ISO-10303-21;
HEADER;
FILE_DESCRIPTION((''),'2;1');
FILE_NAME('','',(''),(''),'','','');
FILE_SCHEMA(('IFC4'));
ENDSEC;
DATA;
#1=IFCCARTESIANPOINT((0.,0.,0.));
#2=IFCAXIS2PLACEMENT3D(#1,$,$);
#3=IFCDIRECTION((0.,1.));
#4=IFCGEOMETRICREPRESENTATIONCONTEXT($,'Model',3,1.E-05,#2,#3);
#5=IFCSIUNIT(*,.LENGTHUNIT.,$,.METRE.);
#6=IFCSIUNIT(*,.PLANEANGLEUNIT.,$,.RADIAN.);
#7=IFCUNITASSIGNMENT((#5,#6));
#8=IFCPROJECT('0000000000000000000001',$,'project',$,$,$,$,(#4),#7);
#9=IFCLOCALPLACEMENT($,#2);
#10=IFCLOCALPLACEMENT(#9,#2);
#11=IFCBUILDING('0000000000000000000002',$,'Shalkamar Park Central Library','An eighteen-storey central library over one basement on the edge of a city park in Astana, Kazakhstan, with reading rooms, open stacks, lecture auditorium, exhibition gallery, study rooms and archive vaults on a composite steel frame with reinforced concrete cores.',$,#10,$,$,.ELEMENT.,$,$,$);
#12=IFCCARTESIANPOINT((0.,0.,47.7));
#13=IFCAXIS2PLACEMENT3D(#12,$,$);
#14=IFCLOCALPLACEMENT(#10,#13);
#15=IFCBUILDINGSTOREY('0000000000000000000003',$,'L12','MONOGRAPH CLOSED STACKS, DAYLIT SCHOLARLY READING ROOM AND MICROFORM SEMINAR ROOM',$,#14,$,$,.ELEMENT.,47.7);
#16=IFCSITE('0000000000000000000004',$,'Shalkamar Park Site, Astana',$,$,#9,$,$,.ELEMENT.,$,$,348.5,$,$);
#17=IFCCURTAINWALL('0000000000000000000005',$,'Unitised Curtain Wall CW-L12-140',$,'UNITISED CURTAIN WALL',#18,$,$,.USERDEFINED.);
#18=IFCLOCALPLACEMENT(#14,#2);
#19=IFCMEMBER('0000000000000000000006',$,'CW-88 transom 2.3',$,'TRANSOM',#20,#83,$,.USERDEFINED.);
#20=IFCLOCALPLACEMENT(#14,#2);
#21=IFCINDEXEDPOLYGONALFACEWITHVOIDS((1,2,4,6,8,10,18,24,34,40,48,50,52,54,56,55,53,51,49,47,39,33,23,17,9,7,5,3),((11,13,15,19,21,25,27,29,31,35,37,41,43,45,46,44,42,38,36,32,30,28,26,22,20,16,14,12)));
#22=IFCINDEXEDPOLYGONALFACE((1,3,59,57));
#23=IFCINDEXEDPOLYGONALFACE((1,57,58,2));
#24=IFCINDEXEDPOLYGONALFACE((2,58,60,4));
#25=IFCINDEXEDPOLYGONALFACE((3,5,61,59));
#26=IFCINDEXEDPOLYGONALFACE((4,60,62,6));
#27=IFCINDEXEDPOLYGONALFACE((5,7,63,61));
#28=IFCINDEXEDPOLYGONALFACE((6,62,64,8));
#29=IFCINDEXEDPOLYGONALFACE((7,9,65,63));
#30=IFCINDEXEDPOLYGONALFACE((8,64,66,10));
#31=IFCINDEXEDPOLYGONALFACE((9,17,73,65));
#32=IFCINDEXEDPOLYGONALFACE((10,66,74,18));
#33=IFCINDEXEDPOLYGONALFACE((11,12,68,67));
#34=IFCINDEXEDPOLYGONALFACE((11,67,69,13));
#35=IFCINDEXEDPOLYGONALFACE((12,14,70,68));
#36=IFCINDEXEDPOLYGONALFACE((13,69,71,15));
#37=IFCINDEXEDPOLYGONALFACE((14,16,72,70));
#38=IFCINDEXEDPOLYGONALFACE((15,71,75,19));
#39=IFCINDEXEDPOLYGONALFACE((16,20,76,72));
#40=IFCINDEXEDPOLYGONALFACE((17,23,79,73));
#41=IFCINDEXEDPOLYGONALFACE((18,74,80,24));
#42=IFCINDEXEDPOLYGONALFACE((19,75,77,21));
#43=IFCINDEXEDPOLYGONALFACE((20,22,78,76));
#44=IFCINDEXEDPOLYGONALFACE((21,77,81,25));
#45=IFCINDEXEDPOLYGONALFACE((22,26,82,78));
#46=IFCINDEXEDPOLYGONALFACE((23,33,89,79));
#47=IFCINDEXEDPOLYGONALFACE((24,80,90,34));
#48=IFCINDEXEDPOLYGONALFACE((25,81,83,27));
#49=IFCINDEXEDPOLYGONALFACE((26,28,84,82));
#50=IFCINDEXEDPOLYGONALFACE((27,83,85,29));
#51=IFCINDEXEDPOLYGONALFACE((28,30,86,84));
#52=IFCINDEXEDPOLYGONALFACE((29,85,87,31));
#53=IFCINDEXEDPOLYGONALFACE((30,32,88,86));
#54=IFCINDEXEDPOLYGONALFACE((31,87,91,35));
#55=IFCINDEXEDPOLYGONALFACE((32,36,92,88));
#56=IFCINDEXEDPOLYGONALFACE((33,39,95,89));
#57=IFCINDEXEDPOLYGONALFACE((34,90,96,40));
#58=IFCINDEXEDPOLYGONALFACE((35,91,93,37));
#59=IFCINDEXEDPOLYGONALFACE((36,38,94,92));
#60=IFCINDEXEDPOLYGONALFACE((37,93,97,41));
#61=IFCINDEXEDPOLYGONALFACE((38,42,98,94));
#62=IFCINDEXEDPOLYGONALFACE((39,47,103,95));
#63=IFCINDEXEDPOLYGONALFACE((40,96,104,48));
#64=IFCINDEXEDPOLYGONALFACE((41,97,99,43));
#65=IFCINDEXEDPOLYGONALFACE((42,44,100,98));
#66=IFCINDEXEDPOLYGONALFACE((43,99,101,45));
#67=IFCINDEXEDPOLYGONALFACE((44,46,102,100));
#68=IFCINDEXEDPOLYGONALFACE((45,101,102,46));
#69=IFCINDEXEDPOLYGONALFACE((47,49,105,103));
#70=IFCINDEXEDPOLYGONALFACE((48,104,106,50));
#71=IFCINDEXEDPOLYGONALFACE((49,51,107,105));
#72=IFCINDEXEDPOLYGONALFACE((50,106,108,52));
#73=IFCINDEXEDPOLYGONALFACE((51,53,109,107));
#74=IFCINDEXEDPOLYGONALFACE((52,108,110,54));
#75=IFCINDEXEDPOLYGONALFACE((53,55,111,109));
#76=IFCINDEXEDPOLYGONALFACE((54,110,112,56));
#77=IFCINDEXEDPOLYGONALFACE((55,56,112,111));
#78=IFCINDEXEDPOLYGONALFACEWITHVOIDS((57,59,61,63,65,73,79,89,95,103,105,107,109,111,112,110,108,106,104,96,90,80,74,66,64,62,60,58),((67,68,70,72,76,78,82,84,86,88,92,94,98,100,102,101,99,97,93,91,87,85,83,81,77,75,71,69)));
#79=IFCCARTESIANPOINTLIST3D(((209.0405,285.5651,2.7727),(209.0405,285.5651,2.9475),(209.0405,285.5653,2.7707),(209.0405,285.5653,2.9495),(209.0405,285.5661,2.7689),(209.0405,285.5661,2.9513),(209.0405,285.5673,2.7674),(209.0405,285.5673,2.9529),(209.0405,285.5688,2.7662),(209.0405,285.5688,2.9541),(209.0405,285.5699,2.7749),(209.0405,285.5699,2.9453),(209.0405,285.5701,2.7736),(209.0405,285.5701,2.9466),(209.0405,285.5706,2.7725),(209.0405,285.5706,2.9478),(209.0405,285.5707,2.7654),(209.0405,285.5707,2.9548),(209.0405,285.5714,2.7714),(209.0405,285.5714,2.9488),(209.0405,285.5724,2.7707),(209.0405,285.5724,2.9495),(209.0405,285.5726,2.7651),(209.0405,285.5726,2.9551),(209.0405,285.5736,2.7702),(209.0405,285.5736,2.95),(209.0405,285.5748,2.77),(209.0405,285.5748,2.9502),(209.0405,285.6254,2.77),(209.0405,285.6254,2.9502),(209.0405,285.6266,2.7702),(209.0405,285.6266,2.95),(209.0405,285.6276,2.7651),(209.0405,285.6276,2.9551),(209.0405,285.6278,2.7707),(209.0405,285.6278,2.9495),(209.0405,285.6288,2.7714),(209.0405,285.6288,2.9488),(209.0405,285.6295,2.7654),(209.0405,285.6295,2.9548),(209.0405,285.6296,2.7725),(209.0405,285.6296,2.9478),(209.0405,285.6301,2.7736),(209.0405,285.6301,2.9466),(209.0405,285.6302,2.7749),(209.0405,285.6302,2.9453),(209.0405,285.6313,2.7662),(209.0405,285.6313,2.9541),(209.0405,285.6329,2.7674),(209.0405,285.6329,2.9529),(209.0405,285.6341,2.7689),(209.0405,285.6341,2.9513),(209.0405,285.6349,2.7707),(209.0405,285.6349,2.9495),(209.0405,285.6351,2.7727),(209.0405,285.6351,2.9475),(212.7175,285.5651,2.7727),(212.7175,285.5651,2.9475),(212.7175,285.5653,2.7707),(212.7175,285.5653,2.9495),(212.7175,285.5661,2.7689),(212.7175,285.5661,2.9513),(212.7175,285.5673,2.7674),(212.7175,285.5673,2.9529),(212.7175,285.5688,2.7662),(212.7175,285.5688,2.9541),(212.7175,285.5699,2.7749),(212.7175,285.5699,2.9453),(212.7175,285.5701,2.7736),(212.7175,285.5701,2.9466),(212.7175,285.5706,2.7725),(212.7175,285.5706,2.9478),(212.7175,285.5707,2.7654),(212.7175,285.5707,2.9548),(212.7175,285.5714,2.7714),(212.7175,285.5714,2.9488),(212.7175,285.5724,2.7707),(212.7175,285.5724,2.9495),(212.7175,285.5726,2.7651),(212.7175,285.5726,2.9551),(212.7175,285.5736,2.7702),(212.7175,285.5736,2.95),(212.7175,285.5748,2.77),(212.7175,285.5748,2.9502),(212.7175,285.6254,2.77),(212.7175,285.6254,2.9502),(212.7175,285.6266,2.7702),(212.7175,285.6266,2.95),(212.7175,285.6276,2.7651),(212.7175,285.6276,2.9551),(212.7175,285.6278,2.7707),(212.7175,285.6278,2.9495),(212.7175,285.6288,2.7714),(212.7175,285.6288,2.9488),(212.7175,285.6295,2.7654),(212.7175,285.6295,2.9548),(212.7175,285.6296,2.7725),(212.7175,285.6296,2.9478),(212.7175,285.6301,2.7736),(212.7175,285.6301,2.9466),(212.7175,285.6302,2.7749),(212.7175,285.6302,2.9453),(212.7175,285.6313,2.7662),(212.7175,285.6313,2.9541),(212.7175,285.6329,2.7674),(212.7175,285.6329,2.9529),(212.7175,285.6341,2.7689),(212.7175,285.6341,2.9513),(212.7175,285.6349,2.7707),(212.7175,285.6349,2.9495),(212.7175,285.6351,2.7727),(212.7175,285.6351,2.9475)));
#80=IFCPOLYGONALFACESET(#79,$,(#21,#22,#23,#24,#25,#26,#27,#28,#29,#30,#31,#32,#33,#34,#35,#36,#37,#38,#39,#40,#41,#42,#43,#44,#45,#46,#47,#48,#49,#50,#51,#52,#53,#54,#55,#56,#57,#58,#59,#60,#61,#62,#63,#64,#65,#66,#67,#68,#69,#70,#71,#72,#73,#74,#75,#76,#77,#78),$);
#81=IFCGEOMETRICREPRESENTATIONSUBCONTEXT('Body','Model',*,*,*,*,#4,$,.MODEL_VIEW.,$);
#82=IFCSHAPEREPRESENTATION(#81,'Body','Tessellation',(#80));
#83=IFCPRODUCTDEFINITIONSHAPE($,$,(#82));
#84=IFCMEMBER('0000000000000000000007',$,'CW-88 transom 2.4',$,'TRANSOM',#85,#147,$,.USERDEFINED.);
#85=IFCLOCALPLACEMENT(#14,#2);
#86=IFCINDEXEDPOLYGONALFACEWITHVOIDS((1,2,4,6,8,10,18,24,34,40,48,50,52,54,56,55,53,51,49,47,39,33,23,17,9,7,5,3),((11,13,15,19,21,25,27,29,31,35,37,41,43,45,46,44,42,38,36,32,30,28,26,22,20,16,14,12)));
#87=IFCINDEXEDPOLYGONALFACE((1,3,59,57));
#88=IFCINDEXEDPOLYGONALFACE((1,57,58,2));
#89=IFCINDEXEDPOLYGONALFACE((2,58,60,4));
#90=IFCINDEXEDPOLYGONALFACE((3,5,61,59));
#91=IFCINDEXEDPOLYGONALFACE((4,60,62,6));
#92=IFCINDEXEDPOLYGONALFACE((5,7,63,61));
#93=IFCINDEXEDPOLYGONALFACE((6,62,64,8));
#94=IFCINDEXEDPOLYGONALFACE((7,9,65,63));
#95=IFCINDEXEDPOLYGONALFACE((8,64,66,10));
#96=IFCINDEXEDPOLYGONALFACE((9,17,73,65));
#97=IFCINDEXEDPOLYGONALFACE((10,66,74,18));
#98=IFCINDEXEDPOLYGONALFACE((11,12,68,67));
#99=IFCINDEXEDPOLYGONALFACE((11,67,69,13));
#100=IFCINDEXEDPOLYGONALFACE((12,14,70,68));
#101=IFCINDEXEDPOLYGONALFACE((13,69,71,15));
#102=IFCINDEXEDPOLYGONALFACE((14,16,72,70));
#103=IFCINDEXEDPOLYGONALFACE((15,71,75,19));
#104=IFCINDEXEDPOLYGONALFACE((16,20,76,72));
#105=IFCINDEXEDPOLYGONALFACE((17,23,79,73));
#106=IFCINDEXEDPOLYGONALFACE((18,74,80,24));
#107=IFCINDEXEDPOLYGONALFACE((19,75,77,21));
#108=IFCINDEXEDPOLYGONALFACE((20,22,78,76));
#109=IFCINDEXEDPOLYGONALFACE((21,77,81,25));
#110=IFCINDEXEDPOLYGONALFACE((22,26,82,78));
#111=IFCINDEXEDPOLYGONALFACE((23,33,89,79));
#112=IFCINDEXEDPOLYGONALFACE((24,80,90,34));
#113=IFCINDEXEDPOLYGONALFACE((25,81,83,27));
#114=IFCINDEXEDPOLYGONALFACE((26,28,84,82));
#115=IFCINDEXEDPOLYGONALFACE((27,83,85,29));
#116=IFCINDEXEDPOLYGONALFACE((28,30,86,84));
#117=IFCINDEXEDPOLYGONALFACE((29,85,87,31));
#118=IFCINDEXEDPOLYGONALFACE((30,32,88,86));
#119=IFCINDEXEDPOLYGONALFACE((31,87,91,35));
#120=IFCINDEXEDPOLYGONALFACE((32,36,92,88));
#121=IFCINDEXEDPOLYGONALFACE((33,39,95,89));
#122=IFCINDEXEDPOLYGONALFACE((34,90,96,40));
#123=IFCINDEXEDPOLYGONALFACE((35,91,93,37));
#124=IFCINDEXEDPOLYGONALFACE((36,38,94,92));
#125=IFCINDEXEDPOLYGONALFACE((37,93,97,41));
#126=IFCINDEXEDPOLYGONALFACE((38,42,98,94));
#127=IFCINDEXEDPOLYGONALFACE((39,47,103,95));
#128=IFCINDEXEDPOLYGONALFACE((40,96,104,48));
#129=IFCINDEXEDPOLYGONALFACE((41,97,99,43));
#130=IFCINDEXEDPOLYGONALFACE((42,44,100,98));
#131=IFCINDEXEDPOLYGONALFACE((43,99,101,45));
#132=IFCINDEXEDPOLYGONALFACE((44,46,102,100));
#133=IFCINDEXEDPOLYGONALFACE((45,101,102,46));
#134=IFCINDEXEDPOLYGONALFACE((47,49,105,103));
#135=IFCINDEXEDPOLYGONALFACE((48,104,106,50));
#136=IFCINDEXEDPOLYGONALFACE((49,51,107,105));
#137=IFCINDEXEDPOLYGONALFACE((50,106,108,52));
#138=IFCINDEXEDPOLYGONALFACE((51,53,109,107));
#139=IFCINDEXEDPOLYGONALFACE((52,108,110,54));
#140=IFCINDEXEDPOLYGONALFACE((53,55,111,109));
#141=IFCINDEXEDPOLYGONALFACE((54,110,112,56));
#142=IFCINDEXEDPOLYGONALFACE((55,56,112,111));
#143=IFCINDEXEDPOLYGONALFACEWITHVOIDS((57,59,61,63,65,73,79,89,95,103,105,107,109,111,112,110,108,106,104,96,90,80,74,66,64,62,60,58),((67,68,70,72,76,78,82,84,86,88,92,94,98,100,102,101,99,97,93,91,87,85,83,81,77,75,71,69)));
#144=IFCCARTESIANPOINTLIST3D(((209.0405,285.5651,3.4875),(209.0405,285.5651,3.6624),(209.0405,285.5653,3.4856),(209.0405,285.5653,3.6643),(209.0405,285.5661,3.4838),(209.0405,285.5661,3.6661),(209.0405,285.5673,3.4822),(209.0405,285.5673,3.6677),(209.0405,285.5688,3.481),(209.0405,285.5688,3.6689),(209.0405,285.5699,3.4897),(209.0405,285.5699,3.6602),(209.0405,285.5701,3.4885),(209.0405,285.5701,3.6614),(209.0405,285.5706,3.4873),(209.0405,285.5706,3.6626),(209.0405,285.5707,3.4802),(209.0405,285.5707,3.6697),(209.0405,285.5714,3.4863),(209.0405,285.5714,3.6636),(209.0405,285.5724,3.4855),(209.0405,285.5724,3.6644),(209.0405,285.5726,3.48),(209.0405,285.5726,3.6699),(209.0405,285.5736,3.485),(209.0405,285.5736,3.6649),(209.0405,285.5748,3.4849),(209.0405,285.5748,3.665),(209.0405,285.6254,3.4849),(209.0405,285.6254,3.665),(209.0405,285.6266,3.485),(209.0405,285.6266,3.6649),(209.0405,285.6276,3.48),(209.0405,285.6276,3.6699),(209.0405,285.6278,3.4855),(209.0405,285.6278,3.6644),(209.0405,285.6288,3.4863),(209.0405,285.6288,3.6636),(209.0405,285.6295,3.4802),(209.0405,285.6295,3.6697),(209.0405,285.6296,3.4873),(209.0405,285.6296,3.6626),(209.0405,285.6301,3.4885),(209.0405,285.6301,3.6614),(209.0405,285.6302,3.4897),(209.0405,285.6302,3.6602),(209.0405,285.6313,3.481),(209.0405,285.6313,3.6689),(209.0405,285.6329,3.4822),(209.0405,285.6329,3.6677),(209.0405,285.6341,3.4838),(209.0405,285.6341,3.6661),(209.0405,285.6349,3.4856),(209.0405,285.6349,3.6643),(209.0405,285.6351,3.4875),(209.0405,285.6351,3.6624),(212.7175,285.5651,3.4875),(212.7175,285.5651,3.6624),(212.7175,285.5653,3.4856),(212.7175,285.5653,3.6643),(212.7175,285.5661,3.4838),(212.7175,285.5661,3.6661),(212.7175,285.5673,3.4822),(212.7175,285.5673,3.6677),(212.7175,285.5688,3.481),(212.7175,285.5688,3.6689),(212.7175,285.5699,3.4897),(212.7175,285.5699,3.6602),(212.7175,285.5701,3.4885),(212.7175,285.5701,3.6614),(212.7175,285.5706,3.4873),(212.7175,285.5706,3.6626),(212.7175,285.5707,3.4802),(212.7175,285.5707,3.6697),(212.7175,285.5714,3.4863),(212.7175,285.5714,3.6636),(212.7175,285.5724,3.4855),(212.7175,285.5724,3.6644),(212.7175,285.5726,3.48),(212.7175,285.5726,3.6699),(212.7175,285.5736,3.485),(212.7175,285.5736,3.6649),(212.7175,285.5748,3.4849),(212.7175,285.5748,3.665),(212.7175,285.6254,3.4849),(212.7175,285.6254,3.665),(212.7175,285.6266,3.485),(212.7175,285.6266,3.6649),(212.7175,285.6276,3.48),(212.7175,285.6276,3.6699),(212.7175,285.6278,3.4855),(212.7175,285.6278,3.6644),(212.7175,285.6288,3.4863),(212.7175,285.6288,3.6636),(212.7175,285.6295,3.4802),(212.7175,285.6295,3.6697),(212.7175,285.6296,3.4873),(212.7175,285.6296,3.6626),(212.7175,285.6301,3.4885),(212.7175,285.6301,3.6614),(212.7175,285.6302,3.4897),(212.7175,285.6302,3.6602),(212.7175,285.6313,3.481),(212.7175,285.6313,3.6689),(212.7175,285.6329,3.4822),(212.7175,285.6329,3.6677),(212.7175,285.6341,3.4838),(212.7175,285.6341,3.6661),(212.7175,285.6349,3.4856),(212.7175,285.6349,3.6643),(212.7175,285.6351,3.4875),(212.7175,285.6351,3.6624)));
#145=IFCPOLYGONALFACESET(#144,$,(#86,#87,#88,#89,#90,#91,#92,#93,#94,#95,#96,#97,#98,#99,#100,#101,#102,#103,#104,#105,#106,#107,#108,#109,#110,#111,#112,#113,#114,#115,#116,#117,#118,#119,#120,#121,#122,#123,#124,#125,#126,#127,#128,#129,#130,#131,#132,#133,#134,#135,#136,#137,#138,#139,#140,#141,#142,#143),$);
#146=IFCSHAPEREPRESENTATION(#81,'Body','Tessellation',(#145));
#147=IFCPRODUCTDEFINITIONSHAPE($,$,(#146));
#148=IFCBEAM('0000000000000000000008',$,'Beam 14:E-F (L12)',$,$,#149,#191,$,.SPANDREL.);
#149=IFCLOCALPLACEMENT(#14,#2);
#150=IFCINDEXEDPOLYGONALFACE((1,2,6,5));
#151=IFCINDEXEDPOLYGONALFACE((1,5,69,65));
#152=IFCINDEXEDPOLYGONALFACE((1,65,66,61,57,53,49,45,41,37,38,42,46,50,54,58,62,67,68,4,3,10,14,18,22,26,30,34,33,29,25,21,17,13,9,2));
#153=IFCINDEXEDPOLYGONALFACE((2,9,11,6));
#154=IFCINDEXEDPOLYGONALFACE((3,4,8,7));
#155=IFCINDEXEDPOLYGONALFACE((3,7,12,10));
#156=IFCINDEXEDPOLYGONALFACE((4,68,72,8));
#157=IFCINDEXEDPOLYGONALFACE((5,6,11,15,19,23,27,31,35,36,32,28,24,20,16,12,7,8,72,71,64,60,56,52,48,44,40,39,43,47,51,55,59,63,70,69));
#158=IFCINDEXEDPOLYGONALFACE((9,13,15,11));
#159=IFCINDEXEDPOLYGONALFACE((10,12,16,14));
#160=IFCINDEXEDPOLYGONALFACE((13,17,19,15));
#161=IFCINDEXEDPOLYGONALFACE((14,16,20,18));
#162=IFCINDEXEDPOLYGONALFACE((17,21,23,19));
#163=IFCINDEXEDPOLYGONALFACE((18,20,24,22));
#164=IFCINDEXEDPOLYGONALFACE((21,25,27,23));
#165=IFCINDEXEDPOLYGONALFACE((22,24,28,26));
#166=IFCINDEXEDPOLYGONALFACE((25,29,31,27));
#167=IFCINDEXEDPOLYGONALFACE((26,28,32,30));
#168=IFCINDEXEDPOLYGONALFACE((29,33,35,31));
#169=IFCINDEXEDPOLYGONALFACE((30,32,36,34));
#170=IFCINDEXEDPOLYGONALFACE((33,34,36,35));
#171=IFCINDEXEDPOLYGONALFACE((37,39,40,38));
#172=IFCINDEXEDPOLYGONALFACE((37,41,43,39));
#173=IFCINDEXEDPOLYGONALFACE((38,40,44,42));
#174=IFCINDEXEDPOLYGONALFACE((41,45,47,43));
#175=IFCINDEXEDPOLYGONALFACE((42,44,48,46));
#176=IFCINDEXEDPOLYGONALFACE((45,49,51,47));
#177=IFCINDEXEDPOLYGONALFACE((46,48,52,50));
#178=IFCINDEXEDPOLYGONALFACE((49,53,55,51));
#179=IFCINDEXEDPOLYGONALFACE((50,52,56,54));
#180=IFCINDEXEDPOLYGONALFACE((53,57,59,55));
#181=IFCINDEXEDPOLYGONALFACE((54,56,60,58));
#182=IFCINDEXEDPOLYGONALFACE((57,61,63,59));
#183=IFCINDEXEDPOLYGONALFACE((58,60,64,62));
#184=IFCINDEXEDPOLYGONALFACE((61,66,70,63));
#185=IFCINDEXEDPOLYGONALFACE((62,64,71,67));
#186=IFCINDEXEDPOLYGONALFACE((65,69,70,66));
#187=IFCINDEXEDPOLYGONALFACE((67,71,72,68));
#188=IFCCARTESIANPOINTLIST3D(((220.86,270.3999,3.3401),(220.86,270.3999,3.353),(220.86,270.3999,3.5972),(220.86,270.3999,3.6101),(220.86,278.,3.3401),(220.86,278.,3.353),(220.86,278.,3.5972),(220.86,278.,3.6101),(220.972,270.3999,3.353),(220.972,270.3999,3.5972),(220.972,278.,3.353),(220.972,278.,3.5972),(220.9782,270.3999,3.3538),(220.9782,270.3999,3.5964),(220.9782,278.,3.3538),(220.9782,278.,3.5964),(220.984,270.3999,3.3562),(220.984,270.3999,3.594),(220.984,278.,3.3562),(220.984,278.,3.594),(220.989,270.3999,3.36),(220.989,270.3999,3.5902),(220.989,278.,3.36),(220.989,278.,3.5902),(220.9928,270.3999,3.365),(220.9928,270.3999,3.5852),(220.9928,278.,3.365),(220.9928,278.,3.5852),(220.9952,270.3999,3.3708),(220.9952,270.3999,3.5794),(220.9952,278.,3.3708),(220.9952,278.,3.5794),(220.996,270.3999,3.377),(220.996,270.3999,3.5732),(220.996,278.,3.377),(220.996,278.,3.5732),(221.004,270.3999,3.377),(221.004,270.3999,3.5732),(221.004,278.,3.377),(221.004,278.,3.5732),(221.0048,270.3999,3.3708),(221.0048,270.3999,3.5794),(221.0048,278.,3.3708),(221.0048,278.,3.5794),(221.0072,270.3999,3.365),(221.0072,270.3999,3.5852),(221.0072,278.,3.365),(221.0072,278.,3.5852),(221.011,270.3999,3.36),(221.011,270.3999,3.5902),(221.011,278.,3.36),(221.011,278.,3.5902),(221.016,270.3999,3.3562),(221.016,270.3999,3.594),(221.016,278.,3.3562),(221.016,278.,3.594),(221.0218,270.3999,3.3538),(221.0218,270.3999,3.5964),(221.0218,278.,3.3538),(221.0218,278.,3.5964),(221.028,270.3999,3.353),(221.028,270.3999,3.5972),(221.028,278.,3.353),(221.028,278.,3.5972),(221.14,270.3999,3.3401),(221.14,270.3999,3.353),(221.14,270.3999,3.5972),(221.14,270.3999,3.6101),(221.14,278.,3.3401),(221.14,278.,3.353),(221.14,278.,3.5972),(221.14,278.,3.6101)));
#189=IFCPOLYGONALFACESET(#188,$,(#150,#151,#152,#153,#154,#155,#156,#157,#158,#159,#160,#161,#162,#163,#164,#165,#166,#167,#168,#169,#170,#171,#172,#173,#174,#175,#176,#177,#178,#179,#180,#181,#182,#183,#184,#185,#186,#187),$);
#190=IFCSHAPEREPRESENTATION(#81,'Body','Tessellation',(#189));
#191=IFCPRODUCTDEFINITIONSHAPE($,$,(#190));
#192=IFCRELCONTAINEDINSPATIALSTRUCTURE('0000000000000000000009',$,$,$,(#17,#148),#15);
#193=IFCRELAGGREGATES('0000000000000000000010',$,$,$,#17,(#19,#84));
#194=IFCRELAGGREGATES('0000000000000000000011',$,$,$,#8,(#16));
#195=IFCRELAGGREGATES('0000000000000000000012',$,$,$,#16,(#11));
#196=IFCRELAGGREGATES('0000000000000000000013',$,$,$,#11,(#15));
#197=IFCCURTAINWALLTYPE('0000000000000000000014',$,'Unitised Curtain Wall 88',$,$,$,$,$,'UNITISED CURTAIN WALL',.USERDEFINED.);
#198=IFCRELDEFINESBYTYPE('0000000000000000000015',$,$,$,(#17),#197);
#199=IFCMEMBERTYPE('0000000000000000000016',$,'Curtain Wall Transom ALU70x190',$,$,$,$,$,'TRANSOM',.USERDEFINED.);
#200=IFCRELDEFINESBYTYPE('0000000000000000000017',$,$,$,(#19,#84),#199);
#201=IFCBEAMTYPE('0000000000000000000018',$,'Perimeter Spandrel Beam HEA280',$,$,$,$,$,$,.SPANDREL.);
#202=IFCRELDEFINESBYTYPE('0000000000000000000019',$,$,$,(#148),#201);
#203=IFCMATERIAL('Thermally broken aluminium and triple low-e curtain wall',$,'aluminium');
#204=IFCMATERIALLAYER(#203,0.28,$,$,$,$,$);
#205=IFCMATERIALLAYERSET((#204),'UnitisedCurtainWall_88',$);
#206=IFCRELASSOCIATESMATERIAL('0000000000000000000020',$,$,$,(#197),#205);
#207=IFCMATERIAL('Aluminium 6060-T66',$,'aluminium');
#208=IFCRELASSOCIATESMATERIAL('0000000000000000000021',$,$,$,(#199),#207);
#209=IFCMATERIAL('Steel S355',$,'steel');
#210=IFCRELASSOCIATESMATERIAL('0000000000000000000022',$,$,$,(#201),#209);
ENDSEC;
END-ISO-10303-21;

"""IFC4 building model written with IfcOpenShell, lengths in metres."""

from ifc_helpers import new_model, si_unit, direction, frame, origin, origin_2d, place, context, subcontext, project, spatial, hollow_rectangle, i_section, extrude, material, layer, layer_set, material_profile, profile_set, type_object, element, aggregate, save


model = new_model("IFC4")

# Units and contexts
model_context = context("Model", 3, precision=1e-05, world=origin(), true_north=direction((0.0, 1.0)))
body_context = subcontext(model_context, "Body", "Model", "MODEL_VIEW")
ifc_project = project(units=[si_unit("LENGTHUNIT", "METRE"), si_unit("PLANEANGLEUNIT", "RADIAN")], contexts=[model_context])

# Site, building, storey
site_placement = place(None, origin())
site = spatial("IfcSite", under=ifc_project, at=site_placement, Name="Shalkamar Park Site, Astana", CompositionType="ELEMENT", RefElevation=348.5)
building_placement = place(site_placement, origin())
building = spatial("IfcBuilding", under=site, at=building_placement, Name="Shalkamar Park Central Library", Description="An eighteen-storey central library over one basement on the edge of a city park in Astana, Kazakhstan, with reading rooms, open stacks, lecture auditorium, exhibition gallery, study rooms and archive vaults on a composite steel frame with reinforced concrete cores.", CompositionType="ELEMENT")
storey_placement = place(building_placement, frame((0.0, 0.0, 47.7)))
storey = spatial("IfcBuildingStorey", under=building, at=storey_placement, Name="L12", Description="MONOGRAPH CLOSED STACKS, DAYLIT SCHOLARLY READING ROOM AND MICROFORM SEMINAR ROOM", CompositionType="ELEMENT", Elevation=47.7)

# Shared definitions
ifc_material_1 = material(Name="Steel S355", Category="steel")

# Curtain wall, members
ifc_material_2 = material(Name="Thermally broken aluminium and triple low-e curtain wall", Category="aluminium")
ifc_layer_1 = layer(ifc_material_2, 0.28)
ifc_layer_set_1 = layer_set([ifc_layer_1], Name="UnitisedCurtainWall_88")
curtain_wall_type = type_object("IfcCurtainWallType", Name="Unitised Curtain Wall 88", ElementType="UNITISED CURTAIN WALL", PredefinedType="USERDEFINED", material=ifc_layer_set_1)
curtain_wall_placement = place(storey_placement, origin())
curtain_wall = element("IfcCurtainWall", 1, at=curtain_wall_placement, inside=storey, type_object=curtain_wall_type, Name="Unitised Curtain Wall CW-L12-140", ObjectType="UNITISED CURTAIN WALL", PredefinedType="USERDEFINED")
ifc_material_3 = material(Name="Aluminium 6060-T66", Category="aluminium")
ifc_material_profile_1 = material_profile(ifc_material_3, hollow_rectangle(XDim=0.0701, YDim=0.1899, WallThickness=0.0049, InnerFilletRadius=0.0049, OuterFilletRadius=0.0076, at=origin_2d()), Name="ALU 70x190x5")
ifc_profile_set_1 = profile_set([ifc_material_profile_1], Name="Aluminium 6060-T66")
member_type_1 = type_object("IfcMemberType", Name="Curtain Wall Transom ALU70x190", ElementType="TRANSOM", PredefinedType="USERDEFINED", material=ifc_profile_set_1)
member_1_placement = place(storey_placement, frame((209.0405, 285.6001, 2.8601), z_axis=(1.0, 0.0, 0.0), x_axis=(0.0, 1.0, 0.0)))
member_1 = element("IfcMember", 2, at=member_1_placement, type_object=member_type_1, Name="CW-88 transom 2.3", ObjectType="TRANSOM", PredefinedType="USERDEFINED", context=body_context, shape_type="SweptSolid", body=[
    extrude(hollow_rectangle(XDim=0.0701, YDim=0.1899, WallThickness=0.0049, InnerFilletRadius=0.0049, OuterFilletRadius=0.0076, at=origin_2d()), origin(), (0.0, 0.0, 1.0), 3.677),
])
member_2_placement = place(storey_placement, frame((209.0405, 285.6001, 3.575), z_axis=(1.0, 0.0, 0.0), x_axis=(0.0, 1.0, 0.0)))
member_2 = element("IfcMember", 3, at=member_2_placement, type_object=member_type_1, Name="CW-88 transom 2.4", ObjectType="TRANSOM", PredefinedType="USERDEFINED", context=body_context, shape_type="SweptSolid", body=[
    extrude(hollow_rectangle(XDim=0.0701, YDim=0.1899, WallThickness=0.0049, InnerFilletRadius=0.0049, OuterFilletRadius=0.0076, at=origin_2d()), origin(), (0.0, 0.0, 1.0), 3.677),
])

# Beam
ifc_material_profile_2 = material_profile(ifc_material_1, i_section(OverallWidth=0.28, OverallDepth=0.27, WebThickness=0.0081, FlangeThickness=0.0129, FilletRadius=0.0239, at=origin_2d()), Name="HEA 280")
ifc_profile_set_2 = profile_set([ifc_material_profile_2], Name="Steel S355")
beam_type_1 = type_object("IfcBeamType", Name="Perimeter Spandrel Beam HEA280", PredefinedType="SPANDREL", material=ifc_profile_set_2)
for number, where, z_axis, x_axis, name in (
    (4, (221.0, 270.3999, 3.4751), (0.0, 1.0, 0.0), (-1.0, 0.0, 0.0), "Beam 14:E-F (L12)"),
):
    element("IfcBeam", number, at=place(storey_placement, frame(where, z_axis=z_axis, x_axis=x_axis)), inside=storey, type_object=beam_type_1, Name=name, PredefinedType="SPANDREL", context=body_context, shape_type="SweptSolid", body=[
        extrude(i_section(OverallWidth=0.28, OverallDepth=0.27, WebThickness=0.0081, FlangeThickness=0.0129, FilletRadius=0.0239, at=origin_2d()), origin(), (0.0, 0.0, 1.0), 7.6001),
    ])

aggregate(curtain_wall, [member_1, member_2])

save(model, "model.ifc")
